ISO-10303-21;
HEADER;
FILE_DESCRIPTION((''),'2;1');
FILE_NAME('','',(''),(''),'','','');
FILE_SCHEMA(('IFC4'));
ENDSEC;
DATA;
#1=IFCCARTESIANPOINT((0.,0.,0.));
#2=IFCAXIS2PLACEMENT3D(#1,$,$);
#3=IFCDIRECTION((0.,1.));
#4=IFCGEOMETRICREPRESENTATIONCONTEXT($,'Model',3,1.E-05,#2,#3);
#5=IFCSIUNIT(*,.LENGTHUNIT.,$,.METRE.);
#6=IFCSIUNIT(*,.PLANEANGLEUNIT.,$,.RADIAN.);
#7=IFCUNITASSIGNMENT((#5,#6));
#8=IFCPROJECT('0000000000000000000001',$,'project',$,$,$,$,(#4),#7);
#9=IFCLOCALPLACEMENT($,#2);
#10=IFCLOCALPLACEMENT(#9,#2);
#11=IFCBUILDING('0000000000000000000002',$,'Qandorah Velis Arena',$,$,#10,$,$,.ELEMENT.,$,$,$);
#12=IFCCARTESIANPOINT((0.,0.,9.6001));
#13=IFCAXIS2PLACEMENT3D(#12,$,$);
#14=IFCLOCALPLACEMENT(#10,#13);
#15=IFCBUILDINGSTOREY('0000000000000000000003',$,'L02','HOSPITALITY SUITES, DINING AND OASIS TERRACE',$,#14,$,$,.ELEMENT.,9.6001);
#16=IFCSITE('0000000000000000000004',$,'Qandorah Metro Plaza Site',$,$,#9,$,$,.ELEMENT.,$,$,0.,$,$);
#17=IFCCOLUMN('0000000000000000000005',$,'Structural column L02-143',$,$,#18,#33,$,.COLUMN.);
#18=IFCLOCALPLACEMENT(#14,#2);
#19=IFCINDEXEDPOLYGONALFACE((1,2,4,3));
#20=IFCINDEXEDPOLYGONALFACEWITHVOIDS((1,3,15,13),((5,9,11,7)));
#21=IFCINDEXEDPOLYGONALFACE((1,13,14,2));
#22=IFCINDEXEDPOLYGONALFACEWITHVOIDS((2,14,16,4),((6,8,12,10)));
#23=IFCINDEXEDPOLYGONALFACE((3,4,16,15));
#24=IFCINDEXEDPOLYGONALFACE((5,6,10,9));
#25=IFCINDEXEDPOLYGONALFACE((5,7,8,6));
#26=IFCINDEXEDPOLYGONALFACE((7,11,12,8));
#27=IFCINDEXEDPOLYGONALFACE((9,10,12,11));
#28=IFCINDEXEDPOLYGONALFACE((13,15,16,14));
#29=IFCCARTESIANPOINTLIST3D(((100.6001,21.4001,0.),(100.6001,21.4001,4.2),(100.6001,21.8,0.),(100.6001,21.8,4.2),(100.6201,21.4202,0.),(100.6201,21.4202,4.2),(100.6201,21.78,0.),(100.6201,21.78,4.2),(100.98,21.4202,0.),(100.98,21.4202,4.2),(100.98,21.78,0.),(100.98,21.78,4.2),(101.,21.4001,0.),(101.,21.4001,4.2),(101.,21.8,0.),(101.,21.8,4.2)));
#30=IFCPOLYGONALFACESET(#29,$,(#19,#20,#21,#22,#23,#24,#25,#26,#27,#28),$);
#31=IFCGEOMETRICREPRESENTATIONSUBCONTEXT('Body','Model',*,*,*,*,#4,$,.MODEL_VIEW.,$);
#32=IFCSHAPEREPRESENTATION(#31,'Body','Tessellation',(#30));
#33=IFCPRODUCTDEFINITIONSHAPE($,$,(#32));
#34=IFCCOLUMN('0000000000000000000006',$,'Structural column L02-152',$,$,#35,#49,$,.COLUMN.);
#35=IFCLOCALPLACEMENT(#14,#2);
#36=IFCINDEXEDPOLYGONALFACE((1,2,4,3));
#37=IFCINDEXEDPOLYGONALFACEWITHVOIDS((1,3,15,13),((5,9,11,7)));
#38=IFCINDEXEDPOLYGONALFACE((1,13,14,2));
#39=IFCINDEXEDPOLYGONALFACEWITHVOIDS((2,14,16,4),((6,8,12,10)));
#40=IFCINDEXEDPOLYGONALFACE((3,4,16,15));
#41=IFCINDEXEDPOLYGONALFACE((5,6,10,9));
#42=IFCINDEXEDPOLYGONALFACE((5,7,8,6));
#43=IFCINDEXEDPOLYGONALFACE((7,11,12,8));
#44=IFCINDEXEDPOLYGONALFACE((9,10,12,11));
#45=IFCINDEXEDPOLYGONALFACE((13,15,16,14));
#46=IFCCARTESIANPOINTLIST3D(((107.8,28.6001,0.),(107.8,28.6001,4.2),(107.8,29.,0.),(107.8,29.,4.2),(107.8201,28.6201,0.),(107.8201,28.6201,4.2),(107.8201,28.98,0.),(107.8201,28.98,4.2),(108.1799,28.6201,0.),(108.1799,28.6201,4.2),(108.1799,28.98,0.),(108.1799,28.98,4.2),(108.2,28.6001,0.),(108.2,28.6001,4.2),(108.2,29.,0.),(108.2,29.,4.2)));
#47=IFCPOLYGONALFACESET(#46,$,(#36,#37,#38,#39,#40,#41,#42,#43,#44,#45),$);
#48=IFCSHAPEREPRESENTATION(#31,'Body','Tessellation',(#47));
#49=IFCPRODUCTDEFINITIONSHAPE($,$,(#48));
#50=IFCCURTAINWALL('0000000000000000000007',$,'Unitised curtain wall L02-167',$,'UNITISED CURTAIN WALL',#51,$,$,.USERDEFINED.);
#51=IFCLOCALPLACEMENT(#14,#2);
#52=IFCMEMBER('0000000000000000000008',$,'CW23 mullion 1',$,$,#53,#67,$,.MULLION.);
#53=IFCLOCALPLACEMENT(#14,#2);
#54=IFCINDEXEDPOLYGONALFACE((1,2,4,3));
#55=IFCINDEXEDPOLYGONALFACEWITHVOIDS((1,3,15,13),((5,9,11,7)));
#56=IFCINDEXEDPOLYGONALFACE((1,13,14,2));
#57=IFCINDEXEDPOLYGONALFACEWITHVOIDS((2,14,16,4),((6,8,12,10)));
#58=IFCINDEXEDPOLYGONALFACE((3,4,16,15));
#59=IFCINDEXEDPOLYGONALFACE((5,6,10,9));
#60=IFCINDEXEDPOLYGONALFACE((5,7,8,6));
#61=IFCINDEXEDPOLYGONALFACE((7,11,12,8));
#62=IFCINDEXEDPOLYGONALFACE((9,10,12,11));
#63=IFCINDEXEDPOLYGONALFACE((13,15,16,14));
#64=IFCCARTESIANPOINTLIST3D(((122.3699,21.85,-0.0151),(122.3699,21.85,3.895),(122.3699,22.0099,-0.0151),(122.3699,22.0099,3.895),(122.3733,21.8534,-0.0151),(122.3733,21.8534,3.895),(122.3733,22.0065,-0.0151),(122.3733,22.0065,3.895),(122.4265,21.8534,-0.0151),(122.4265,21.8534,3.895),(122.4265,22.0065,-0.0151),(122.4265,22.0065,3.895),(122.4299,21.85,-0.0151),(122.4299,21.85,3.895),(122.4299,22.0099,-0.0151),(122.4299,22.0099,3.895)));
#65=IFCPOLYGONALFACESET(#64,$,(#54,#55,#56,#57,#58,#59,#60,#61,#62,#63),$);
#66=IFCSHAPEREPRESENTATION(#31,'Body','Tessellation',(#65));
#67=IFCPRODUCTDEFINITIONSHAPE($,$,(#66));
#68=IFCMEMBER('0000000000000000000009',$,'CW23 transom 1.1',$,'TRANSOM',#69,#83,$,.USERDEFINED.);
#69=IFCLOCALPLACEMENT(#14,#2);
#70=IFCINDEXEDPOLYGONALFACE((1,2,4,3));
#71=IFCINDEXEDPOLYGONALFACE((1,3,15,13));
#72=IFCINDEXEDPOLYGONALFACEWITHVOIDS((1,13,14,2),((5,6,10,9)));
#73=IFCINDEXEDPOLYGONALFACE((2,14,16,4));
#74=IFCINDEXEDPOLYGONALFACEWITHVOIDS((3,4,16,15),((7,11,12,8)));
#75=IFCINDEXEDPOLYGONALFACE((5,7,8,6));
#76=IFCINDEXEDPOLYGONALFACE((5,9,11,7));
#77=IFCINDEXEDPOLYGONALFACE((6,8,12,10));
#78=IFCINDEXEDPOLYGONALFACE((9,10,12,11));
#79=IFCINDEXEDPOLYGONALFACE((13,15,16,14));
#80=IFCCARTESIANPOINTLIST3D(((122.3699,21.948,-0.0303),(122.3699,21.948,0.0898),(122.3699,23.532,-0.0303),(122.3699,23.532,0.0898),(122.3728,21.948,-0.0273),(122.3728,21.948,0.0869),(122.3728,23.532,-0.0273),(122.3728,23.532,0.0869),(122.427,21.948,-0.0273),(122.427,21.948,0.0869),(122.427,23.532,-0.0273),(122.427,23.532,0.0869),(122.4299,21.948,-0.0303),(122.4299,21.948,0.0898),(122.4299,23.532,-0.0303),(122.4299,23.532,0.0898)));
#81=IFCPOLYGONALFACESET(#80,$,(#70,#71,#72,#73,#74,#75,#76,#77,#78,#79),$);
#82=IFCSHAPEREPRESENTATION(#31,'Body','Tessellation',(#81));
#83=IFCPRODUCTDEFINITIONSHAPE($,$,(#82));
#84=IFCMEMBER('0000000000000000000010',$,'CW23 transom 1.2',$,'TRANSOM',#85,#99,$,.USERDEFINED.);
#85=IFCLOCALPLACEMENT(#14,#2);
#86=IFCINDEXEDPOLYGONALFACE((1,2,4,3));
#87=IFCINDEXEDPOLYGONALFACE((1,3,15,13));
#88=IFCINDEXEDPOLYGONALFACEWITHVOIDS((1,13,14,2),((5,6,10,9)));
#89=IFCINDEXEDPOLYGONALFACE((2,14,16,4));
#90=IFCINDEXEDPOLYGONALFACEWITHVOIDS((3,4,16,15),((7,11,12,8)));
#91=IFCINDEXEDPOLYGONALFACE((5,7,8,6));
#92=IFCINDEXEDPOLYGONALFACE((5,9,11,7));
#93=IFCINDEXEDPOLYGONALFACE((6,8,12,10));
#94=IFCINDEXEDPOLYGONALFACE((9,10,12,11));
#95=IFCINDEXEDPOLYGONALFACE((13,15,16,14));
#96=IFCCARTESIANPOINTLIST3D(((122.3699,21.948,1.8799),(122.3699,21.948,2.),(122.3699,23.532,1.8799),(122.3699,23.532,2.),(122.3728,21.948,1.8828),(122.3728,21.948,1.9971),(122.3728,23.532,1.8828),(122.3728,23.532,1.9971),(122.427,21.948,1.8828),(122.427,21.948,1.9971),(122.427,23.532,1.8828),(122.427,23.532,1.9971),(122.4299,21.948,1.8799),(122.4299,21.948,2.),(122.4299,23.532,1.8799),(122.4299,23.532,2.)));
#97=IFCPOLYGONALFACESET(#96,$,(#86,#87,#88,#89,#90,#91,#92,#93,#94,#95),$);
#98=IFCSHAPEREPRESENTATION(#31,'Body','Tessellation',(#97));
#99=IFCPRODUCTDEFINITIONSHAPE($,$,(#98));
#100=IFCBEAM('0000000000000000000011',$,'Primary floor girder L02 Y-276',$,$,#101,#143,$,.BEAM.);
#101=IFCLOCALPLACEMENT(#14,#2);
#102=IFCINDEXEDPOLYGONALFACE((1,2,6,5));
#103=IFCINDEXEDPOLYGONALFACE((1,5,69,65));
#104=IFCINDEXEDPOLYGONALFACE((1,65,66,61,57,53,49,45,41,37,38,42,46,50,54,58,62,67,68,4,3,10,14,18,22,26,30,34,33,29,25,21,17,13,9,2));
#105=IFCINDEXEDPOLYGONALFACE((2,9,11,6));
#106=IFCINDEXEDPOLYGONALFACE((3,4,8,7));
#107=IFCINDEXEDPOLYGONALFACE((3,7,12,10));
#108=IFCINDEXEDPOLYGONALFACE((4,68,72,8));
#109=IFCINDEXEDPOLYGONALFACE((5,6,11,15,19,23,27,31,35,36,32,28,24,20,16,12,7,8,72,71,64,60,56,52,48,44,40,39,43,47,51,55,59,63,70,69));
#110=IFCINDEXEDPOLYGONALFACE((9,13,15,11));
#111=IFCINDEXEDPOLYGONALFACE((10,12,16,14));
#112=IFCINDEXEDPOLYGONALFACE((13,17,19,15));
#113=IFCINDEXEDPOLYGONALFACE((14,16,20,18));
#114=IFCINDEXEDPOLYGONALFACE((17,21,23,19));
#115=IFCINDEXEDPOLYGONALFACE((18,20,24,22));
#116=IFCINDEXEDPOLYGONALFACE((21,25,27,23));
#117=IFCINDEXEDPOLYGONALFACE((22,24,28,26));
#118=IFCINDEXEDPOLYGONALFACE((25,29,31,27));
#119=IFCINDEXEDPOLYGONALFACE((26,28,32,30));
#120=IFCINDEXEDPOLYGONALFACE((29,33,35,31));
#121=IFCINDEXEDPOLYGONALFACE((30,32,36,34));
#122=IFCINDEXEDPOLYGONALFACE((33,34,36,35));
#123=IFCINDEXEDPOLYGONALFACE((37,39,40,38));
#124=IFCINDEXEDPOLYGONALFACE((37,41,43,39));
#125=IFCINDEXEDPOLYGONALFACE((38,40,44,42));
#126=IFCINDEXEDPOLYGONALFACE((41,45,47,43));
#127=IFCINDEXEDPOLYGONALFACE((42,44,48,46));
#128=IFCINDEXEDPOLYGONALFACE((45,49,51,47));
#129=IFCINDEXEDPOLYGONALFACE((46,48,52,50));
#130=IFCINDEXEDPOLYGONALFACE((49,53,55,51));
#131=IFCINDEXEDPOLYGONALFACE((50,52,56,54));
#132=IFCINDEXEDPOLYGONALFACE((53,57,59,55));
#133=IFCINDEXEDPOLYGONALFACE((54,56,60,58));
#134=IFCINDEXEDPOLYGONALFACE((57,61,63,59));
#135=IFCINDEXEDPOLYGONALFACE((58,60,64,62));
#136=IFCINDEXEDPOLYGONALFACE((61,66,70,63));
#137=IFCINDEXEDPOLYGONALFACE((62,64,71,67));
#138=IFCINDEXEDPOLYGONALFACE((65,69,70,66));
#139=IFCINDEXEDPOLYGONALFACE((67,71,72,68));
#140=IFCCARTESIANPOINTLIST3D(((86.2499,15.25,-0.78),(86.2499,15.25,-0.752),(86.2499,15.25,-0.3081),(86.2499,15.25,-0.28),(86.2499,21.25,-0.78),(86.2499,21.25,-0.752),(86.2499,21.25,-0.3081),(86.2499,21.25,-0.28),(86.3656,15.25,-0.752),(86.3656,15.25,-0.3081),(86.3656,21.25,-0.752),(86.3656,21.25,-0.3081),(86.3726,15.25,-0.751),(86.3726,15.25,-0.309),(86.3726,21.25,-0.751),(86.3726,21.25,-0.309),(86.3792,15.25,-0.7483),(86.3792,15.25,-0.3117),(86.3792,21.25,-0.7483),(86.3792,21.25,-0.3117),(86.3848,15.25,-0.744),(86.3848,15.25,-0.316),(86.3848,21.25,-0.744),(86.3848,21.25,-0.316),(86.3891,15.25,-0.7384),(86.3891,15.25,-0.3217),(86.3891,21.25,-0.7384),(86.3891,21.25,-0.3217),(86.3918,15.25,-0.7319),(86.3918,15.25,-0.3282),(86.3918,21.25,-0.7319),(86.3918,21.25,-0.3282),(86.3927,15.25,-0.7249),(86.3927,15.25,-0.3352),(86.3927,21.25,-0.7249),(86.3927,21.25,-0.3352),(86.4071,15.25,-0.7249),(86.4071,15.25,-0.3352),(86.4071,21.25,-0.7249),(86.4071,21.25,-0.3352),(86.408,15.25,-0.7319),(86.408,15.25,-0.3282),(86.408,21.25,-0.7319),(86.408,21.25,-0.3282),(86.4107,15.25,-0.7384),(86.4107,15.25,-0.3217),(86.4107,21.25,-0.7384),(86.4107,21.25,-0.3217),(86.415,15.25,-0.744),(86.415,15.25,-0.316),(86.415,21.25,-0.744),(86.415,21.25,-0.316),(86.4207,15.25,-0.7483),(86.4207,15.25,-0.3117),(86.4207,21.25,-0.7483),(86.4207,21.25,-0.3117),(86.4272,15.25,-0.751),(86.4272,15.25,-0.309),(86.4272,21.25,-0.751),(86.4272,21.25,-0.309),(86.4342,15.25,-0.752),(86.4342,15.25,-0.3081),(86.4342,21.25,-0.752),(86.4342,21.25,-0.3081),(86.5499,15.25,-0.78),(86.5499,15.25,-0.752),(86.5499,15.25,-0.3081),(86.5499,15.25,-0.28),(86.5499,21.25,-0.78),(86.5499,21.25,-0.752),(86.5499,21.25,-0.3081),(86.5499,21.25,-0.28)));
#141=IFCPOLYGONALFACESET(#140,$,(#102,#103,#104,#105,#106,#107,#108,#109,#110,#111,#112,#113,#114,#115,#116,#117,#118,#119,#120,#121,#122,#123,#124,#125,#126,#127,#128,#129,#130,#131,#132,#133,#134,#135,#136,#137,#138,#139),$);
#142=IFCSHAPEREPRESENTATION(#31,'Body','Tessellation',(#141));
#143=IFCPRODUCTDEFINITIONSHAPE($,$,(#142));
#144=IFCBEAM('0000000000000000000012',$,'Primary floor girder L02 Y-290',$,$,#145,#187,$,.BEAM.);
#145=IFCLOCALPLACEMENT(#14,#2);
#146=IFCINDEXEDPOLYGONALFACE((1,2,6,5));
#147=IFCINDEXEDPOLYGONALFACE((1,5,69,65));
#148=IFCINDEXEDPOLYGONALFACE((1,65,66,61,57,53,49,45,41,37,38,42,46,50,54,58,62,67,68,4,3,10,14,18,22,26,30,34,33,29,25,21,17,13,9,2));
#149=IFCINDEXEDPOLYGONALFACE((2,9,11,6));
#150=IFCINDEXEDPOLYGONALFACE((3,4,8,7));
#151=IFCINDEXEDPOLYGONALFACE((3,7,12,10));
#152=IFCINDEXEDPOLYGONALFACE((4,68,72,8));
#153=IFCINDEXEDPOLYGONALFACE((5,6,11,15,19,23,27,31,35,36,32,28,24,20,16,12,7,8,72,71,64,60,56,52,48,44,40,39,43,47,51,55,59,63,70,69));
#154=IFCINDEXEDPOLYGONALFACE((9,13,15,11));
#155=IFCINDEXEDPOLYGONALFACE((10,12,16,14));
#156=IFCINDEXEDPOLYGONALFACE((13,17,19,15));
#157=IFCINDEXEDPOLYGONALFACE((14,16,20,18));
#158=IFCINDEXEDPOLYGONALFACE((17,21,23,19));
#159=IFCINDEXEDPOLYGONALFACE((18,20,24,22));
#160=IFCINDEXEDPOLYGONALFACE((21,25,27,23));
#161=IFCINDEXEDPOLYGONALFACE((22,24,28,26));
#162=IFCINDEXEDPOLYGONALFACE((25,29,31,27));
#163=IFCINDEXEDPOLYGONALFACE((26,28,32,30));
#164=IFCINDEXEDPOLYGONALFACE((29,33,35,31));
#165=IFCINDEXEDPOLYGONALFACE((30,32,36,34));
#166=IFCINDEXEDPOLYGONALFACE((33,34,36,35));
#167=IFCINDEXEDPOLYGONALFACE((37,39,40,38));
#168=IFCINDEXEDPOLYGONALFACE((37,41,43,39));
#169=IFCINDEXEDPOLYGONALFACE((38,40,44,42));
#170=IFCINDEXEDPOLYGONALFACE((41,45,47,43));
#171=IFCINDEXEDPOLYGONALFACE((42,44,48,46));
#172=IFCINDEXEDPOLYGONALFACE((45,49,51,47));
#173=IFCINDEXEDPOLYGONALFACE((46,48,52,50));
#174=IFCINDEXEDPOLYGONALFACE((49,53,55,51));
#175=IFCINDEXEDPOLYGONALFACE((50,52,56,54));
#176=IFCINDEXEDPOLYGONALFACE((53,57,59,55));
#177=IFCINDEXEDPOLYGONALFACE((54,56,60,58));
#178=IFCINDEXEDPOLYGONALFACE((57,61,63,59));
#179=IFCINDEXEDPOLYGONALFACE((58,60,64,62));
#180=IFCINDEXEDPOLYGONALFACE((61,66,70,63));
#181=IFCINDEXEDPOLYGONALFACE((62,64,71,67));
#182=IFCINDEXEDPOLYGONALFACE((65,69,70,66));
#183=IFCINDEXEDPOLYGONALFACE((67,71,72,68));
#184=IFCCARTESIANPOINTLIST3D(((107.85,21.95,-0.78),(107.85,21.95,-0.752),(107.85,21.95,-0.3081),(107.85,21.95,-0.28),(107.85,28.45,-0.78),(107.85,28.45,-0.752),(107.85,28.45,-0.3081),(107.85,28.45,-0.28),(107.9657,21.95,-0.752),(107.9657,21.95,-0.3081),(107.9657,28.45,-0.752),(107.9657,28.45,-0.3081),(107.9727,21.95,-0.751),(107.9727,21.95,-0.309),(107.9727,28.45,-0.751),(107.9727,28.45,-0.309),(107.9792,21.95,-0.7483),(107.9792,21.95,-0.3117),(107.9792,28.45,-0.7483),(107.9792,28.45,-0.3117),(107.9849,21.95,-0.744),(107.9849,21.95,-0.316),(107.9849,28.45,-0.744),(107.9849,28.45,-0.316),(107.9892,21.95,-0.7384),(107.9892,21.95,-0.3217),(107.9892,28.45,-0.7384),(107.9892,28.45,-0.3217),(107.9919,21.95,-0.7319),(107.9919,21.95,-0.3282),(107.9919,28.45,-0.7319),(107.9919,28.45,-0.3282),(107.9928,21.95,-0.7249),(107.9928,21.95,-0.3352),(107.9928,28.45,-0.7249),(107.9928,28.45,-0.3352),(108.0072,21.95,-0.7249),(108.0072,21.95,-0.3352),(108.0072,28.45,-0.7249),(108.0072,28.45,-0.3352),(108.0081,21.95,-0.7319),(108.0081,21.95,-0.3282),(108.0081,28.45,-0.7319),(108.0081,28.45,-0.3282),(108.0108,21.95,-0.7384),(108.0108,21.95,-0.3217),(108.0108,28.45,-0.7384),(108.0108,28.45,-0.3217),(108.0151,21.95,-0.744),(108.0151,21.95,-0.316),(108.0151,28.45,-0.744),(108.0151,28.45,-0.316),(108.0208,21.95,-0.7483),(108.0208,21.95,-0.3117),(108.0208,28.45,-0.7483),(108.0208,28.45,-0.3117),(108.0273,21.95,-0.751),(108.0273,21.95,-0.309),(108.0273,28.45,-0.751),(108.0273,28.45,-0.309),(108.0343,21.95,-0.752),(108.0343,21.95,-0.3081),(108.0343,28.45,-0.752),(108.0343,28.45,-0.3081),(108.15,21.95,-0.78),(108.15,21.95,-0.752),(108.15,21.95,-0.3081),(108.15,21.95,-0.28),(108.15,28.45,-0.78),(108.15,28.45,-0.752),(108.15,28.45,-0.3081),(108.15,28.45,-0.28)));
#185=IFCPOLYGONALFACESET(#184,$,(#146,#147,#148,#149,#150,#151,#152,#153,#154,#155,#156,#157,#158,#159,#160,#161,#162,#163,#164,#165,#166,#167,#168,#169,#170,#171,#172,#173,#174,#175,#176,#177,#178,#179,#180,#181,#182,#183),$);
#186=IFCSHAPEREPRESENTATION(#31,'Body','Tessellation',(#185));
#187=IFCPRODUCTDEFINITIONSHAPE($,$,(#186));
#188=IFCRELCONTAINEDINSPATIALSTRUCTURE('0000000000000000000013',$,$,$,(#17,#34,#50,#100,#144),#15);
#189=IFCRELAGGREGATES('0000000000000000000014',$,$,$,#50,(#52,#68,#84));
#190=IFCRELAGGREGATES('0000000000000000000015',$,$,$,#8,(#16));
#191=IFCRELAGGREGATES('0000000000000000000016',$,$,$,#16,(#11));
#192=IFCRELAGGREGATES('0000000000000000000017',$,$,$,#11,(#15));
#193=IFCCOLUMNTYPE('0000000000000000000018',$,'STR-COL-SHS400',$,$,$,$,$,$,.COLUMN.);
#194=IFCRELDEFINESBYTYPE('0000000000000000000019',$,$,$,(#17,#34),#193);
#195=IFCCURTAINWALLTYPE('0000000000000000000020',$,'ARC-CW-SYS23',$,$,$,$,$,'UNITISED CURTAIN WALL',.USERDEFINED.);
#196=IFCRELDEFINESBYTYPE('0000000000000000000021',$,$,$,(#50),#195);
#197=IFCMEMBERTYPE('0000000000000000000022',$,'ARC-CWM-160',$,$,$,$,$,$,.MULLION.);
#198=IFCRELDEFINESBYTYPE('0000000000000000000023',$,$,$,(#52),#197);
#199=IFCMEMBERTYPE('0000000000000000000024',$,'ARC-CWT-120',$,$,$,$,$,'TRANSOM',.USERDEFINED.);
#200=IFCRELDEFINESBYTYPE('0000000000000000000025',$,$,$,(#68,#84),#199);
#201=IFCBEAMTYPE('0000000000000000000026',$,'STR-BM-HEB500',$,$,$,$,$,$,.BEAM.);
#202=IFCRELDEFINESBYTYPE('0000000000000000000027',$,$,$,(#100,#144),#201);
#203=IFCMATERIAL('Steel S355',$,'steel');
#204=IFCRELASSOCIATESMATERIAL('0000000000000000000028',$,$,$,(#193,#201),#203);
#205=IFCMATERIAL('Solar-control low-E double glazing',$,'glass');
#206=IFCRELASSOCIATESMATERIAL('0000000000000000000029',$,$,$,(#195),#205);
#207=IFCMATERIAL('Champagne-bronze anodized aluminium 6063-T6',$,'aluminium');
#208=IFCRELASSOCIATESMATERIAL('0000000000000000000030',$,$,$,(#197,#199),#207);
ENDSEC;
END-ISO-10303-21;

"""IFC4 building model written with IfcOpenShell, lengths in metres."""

from ifc_helpers import new_model, si_unit, direction, frame, origin, origin_2d, place, context, subcontext, project, spatial, hollow_rectangle, i_section, extrude, material, material_profile, profile_set, type_object, element, aggregate, save


model = new_model("IFC4")

# Units and contexts
model_context = context("Model", 3, precision=1e-05, world=origin(), true_north=direction((0.0, 1.0)))
body_context = subcontext(model_context, "Body", "Model", "MODEL_VIEW")
ifc_project = project(units=[si_unit("LENGTHUNIT", "METRE"), si_unit("PLANEANGLEUNIT", "RADIAN")], contexts=[model_context])

# Site, building, storey
site_placement = place(None, origin())
site = spatial("IfcSite", under=ifc_project, at=site_placement, Name="Qandorah Metro Plaza Site", CompositionType="ELEMENT", RefElevation=0.0)
building_placement = place(site_placement, origin())
building = spatial("IfcBuilding", under=site, at=building_placement, Name="Qandorah Velis Arena", CompositionType="ELEMENT")
storey_placement = place(building_placement, frame((0.0, 0.0, 9.6001)))
storey = spatial("IfcBuildingStorey", under=building, at=storey_placement, Name="L02", Description="HOSPITALITY SUITES, DINING AND OASIS TERRACE", CompositionType="ELEMENT", Elevation=9.6001)

# Columns
ifc_material_1 = material(Name="Steel S355", Category="steel")
ifc_material_profile_1 = material_profile(ifc_material_1, hollow_rectangle(XDim=0.3999, YDim=0.3999, WallThickness=0.02, at=origin_2d()), Name="SHS 400x400x20")
ifc_profile_set_1 = profile_set([ifc_material_profile_1], Name="Steel S355")
column_type_1 = type_object("IfcColumnType", Name="STR-COL-SHS400", PredefinedType="COLUMN", material=ifc_profile_set_1)
for number, where, z_axis, x_axis, name in (
    (1, (100.8, 21.6001, 0.0), (0.0, 0.0, 1.0), (1.0, 0.0, 0.0), "Structural column L02-143"),
    (2, (108.0, 28.8, 0.0), (0.0, 0.0, 1.0), (1.0, 0.0, 0.0), "Structural column L02-152"),
):
    element("IfcColumn", number, at=place(storey_placement, frame(where, z_axis=z_axis, x_axis=x_axis)), inside=storey, type_object=column_type_1, Name=name, PredefinedType="COLUMN", context=body_context, shape_type="SweptSolid", body=[
        extrude(hollow_rectangle(XDim=0.3999, YDim=0.3999, WallThickness=0.02, at=origin_2d()), origin(), (0.0, 0.0, 1.0), 4.2),
    ])

# Curtain wall, members
ifc_material_2 = material(Name="Solar-control low-E double glazing", Category="glass")
curtain_wall_type = type_object("IfcCurtainWallType", Name="ARC-CW-SYS23", ElementType="UNITISED CURTAIN WALL", PredefinedType="USERDEFINED", material=ifc_material_2)
curtain_wall_placement = place(storey_placement, origin())
curtain_wall = element("IfcCurtainWall", 3, at=curtain_wall_placement, inside=storey, type_object=curtain_wall_type, Name="Unitised curtain wall L02-167", ObjectType="UNITISED CURTAIN WALL", PredefinedType="USERDEFINED")
ifc_material_3 = material(Name="Champagne-bronze anodized aluminium 6063-T6", Category="aluminium")
ifc_material_profile_2 = material_profile(ifc_material_3, hollow_rectangle(XDim=0.0601, YDim=0.1599, WallThickness=0.0034, at=origin_2d()), Name="ALU MULLION 60x160")
ifc_profile_set_2 = profile_set([ifc_material_profile_2], Name="Champagne-bronze anodized aluminium 6063-T6")
member_type_1 = type_object("IfcMemberType", Name="ARC-CWM-160", PredefinedType="MULLION", material=ifc_profile_set_2)
member_1_placement = place(storey_placement, frame((122.3999, 21.9299, -0.0151), z_axis=(0.0, 0.0, 1.0), x_axis=(-1.0, 0.0, 0.0)))
member_1 = element("IfcMember", 4, at=member_1_placement, type_object=member_type_1, Name="CW23 mullion 1", PredefinedType="MULLION", context=body_context, shape_type="SweptSolid", body=[
    extrude(hollow_rectangle(XDim=0.0601, YDim=0.1599, WallThickness=0.0034, at=origin_2d()), origin(), (0.0, 0.0, 1.0), 3.9102),
])
ifc_material_profile_3 = material_profile(ifc_material_3, hollow_rectangle(XDim=0.0601, YDim=0.1201, WallThickness=0.0029, at=origin_2d()), Name="ALU TRANSOM 60x120")
ifc_profile_set_3 = profile_set([ifc_material_profile_3], Name="Champagne-bronze anodized aluminium 6063-T6")
member_type_2 = type_object("IfcMemberType", Name="ARC-CWT-120", ElementType="TRANSOM", PredefinedType="USERDEFINED", material=ifc_profile_set_3)
member_2_placement = place(storey_placement, frame((122.3999, 21.948, 0.0298), z_axis=(0.0, 1.0, 0.0), x_axis=(-1.0, 0.0, 0.0)))
member_2 = element("IfcMember", 5, at=member_2_placement, type_object=member_type_2, Name="CW23 transom 1.1", ObjectType="TRANSOM", PredefinedType="USERDEFINED", context=body_context, shape_type="SweptSolid", body=[
    extrude(hollow_rectangle(XDim=0.0601, YDim=0.1201, WallThickness=0.0029, at=origin_2d()), origin(), (0.0, 0.0, 1.0), 1.584),
])
member_3_placement = place(storey_placement, frame((122.3999, 21.948, 1.9399), z_axis=(0.0, 1.0, 0.0), x_axis=(-1.0, 0.0, 0.0)))
member_3 = element("IfcMember", 6, at=member_3_placement, type_object=member_type_2, Name="CW23 transom 1.2", ObjectType="TRANSOM", PredefinedType="USERDEFINED", context=body_context, shape_type="SweptSolid", body=[
    extrude(hollow_rectangle(XDim=0.0601, YDim=0.1201, WallThickness=0.0029, at=origin_2d()), origin(), (0.0, 0.0, 1.0), 1.584),
])
aggregate(curtain_wall, [member_1, member_2, member_3])

# Beams
ifc_material_profile_4 = material_profile(ifc_material_1, i_section(OverallWidth=0.3, OverallDepth=0.5, WebThickness=0.0144, FlangeThickness=0.0281, FilletRadius=0.0271, at=origin_2d()), Name="HEB 500")
ifc_profile_set_4 = profile_set([ifc_material_profile_4], Name="Steel S355")
beam_type_1 = type_object("IfcBeamType", Name="STR-BM-HEB500", PredefinedType="BEAM", material=ifc_profile_set_4)
beam_1_placement = place(storey_placement, frame((86.3999, 15.25, -0.53), z_axis=(0.0, 1.0, 0.0), x_axis=(-1.0, 0.0, 0.0)))
element("IfcBeam", 7, at=beam_1_placement, inside=storey, type_object=beam_type_1, Name="Primary floor girder L02 Y-276", PredefinedType="BEAM", context=body_context, shape_type="SweptSolid", body=[
    extrude(i_section(OverallWidth=0.3, OverallDepth=0.5, WebThickness=0.0144, FlangeThickness=0.0281, FilletRadius=0.0271, at=origin_2d()), origin(), (0.0, 0.0, 1.0), 6.0),
])
beam_2_placement = place(storey_placement, frame((108.0, 21.95, -0.53), z_axis=(0.0, 1.0, 0.0), x_axis=(-1.0, 0.0, 0.0)))
element("IfcBeam", 8, at=beam_2_placement, inside=storey, type_object=beam_type_1, Name="Primary floor girder L02 Y-290", PredefinedType="BEAM", context=body_context, shape_type="SweptSolid", body=[
    extrude(i_section(OverallWidth=0.3, OverallDepth=0.5, WebThickness=0.0144, FlangeThickness=0.0281, FilletRadius=0.0271, at=origin_2d()), origin(), (0.0, 0.0, 1.0), 6.5),
])

save(model, "model.ifc")
